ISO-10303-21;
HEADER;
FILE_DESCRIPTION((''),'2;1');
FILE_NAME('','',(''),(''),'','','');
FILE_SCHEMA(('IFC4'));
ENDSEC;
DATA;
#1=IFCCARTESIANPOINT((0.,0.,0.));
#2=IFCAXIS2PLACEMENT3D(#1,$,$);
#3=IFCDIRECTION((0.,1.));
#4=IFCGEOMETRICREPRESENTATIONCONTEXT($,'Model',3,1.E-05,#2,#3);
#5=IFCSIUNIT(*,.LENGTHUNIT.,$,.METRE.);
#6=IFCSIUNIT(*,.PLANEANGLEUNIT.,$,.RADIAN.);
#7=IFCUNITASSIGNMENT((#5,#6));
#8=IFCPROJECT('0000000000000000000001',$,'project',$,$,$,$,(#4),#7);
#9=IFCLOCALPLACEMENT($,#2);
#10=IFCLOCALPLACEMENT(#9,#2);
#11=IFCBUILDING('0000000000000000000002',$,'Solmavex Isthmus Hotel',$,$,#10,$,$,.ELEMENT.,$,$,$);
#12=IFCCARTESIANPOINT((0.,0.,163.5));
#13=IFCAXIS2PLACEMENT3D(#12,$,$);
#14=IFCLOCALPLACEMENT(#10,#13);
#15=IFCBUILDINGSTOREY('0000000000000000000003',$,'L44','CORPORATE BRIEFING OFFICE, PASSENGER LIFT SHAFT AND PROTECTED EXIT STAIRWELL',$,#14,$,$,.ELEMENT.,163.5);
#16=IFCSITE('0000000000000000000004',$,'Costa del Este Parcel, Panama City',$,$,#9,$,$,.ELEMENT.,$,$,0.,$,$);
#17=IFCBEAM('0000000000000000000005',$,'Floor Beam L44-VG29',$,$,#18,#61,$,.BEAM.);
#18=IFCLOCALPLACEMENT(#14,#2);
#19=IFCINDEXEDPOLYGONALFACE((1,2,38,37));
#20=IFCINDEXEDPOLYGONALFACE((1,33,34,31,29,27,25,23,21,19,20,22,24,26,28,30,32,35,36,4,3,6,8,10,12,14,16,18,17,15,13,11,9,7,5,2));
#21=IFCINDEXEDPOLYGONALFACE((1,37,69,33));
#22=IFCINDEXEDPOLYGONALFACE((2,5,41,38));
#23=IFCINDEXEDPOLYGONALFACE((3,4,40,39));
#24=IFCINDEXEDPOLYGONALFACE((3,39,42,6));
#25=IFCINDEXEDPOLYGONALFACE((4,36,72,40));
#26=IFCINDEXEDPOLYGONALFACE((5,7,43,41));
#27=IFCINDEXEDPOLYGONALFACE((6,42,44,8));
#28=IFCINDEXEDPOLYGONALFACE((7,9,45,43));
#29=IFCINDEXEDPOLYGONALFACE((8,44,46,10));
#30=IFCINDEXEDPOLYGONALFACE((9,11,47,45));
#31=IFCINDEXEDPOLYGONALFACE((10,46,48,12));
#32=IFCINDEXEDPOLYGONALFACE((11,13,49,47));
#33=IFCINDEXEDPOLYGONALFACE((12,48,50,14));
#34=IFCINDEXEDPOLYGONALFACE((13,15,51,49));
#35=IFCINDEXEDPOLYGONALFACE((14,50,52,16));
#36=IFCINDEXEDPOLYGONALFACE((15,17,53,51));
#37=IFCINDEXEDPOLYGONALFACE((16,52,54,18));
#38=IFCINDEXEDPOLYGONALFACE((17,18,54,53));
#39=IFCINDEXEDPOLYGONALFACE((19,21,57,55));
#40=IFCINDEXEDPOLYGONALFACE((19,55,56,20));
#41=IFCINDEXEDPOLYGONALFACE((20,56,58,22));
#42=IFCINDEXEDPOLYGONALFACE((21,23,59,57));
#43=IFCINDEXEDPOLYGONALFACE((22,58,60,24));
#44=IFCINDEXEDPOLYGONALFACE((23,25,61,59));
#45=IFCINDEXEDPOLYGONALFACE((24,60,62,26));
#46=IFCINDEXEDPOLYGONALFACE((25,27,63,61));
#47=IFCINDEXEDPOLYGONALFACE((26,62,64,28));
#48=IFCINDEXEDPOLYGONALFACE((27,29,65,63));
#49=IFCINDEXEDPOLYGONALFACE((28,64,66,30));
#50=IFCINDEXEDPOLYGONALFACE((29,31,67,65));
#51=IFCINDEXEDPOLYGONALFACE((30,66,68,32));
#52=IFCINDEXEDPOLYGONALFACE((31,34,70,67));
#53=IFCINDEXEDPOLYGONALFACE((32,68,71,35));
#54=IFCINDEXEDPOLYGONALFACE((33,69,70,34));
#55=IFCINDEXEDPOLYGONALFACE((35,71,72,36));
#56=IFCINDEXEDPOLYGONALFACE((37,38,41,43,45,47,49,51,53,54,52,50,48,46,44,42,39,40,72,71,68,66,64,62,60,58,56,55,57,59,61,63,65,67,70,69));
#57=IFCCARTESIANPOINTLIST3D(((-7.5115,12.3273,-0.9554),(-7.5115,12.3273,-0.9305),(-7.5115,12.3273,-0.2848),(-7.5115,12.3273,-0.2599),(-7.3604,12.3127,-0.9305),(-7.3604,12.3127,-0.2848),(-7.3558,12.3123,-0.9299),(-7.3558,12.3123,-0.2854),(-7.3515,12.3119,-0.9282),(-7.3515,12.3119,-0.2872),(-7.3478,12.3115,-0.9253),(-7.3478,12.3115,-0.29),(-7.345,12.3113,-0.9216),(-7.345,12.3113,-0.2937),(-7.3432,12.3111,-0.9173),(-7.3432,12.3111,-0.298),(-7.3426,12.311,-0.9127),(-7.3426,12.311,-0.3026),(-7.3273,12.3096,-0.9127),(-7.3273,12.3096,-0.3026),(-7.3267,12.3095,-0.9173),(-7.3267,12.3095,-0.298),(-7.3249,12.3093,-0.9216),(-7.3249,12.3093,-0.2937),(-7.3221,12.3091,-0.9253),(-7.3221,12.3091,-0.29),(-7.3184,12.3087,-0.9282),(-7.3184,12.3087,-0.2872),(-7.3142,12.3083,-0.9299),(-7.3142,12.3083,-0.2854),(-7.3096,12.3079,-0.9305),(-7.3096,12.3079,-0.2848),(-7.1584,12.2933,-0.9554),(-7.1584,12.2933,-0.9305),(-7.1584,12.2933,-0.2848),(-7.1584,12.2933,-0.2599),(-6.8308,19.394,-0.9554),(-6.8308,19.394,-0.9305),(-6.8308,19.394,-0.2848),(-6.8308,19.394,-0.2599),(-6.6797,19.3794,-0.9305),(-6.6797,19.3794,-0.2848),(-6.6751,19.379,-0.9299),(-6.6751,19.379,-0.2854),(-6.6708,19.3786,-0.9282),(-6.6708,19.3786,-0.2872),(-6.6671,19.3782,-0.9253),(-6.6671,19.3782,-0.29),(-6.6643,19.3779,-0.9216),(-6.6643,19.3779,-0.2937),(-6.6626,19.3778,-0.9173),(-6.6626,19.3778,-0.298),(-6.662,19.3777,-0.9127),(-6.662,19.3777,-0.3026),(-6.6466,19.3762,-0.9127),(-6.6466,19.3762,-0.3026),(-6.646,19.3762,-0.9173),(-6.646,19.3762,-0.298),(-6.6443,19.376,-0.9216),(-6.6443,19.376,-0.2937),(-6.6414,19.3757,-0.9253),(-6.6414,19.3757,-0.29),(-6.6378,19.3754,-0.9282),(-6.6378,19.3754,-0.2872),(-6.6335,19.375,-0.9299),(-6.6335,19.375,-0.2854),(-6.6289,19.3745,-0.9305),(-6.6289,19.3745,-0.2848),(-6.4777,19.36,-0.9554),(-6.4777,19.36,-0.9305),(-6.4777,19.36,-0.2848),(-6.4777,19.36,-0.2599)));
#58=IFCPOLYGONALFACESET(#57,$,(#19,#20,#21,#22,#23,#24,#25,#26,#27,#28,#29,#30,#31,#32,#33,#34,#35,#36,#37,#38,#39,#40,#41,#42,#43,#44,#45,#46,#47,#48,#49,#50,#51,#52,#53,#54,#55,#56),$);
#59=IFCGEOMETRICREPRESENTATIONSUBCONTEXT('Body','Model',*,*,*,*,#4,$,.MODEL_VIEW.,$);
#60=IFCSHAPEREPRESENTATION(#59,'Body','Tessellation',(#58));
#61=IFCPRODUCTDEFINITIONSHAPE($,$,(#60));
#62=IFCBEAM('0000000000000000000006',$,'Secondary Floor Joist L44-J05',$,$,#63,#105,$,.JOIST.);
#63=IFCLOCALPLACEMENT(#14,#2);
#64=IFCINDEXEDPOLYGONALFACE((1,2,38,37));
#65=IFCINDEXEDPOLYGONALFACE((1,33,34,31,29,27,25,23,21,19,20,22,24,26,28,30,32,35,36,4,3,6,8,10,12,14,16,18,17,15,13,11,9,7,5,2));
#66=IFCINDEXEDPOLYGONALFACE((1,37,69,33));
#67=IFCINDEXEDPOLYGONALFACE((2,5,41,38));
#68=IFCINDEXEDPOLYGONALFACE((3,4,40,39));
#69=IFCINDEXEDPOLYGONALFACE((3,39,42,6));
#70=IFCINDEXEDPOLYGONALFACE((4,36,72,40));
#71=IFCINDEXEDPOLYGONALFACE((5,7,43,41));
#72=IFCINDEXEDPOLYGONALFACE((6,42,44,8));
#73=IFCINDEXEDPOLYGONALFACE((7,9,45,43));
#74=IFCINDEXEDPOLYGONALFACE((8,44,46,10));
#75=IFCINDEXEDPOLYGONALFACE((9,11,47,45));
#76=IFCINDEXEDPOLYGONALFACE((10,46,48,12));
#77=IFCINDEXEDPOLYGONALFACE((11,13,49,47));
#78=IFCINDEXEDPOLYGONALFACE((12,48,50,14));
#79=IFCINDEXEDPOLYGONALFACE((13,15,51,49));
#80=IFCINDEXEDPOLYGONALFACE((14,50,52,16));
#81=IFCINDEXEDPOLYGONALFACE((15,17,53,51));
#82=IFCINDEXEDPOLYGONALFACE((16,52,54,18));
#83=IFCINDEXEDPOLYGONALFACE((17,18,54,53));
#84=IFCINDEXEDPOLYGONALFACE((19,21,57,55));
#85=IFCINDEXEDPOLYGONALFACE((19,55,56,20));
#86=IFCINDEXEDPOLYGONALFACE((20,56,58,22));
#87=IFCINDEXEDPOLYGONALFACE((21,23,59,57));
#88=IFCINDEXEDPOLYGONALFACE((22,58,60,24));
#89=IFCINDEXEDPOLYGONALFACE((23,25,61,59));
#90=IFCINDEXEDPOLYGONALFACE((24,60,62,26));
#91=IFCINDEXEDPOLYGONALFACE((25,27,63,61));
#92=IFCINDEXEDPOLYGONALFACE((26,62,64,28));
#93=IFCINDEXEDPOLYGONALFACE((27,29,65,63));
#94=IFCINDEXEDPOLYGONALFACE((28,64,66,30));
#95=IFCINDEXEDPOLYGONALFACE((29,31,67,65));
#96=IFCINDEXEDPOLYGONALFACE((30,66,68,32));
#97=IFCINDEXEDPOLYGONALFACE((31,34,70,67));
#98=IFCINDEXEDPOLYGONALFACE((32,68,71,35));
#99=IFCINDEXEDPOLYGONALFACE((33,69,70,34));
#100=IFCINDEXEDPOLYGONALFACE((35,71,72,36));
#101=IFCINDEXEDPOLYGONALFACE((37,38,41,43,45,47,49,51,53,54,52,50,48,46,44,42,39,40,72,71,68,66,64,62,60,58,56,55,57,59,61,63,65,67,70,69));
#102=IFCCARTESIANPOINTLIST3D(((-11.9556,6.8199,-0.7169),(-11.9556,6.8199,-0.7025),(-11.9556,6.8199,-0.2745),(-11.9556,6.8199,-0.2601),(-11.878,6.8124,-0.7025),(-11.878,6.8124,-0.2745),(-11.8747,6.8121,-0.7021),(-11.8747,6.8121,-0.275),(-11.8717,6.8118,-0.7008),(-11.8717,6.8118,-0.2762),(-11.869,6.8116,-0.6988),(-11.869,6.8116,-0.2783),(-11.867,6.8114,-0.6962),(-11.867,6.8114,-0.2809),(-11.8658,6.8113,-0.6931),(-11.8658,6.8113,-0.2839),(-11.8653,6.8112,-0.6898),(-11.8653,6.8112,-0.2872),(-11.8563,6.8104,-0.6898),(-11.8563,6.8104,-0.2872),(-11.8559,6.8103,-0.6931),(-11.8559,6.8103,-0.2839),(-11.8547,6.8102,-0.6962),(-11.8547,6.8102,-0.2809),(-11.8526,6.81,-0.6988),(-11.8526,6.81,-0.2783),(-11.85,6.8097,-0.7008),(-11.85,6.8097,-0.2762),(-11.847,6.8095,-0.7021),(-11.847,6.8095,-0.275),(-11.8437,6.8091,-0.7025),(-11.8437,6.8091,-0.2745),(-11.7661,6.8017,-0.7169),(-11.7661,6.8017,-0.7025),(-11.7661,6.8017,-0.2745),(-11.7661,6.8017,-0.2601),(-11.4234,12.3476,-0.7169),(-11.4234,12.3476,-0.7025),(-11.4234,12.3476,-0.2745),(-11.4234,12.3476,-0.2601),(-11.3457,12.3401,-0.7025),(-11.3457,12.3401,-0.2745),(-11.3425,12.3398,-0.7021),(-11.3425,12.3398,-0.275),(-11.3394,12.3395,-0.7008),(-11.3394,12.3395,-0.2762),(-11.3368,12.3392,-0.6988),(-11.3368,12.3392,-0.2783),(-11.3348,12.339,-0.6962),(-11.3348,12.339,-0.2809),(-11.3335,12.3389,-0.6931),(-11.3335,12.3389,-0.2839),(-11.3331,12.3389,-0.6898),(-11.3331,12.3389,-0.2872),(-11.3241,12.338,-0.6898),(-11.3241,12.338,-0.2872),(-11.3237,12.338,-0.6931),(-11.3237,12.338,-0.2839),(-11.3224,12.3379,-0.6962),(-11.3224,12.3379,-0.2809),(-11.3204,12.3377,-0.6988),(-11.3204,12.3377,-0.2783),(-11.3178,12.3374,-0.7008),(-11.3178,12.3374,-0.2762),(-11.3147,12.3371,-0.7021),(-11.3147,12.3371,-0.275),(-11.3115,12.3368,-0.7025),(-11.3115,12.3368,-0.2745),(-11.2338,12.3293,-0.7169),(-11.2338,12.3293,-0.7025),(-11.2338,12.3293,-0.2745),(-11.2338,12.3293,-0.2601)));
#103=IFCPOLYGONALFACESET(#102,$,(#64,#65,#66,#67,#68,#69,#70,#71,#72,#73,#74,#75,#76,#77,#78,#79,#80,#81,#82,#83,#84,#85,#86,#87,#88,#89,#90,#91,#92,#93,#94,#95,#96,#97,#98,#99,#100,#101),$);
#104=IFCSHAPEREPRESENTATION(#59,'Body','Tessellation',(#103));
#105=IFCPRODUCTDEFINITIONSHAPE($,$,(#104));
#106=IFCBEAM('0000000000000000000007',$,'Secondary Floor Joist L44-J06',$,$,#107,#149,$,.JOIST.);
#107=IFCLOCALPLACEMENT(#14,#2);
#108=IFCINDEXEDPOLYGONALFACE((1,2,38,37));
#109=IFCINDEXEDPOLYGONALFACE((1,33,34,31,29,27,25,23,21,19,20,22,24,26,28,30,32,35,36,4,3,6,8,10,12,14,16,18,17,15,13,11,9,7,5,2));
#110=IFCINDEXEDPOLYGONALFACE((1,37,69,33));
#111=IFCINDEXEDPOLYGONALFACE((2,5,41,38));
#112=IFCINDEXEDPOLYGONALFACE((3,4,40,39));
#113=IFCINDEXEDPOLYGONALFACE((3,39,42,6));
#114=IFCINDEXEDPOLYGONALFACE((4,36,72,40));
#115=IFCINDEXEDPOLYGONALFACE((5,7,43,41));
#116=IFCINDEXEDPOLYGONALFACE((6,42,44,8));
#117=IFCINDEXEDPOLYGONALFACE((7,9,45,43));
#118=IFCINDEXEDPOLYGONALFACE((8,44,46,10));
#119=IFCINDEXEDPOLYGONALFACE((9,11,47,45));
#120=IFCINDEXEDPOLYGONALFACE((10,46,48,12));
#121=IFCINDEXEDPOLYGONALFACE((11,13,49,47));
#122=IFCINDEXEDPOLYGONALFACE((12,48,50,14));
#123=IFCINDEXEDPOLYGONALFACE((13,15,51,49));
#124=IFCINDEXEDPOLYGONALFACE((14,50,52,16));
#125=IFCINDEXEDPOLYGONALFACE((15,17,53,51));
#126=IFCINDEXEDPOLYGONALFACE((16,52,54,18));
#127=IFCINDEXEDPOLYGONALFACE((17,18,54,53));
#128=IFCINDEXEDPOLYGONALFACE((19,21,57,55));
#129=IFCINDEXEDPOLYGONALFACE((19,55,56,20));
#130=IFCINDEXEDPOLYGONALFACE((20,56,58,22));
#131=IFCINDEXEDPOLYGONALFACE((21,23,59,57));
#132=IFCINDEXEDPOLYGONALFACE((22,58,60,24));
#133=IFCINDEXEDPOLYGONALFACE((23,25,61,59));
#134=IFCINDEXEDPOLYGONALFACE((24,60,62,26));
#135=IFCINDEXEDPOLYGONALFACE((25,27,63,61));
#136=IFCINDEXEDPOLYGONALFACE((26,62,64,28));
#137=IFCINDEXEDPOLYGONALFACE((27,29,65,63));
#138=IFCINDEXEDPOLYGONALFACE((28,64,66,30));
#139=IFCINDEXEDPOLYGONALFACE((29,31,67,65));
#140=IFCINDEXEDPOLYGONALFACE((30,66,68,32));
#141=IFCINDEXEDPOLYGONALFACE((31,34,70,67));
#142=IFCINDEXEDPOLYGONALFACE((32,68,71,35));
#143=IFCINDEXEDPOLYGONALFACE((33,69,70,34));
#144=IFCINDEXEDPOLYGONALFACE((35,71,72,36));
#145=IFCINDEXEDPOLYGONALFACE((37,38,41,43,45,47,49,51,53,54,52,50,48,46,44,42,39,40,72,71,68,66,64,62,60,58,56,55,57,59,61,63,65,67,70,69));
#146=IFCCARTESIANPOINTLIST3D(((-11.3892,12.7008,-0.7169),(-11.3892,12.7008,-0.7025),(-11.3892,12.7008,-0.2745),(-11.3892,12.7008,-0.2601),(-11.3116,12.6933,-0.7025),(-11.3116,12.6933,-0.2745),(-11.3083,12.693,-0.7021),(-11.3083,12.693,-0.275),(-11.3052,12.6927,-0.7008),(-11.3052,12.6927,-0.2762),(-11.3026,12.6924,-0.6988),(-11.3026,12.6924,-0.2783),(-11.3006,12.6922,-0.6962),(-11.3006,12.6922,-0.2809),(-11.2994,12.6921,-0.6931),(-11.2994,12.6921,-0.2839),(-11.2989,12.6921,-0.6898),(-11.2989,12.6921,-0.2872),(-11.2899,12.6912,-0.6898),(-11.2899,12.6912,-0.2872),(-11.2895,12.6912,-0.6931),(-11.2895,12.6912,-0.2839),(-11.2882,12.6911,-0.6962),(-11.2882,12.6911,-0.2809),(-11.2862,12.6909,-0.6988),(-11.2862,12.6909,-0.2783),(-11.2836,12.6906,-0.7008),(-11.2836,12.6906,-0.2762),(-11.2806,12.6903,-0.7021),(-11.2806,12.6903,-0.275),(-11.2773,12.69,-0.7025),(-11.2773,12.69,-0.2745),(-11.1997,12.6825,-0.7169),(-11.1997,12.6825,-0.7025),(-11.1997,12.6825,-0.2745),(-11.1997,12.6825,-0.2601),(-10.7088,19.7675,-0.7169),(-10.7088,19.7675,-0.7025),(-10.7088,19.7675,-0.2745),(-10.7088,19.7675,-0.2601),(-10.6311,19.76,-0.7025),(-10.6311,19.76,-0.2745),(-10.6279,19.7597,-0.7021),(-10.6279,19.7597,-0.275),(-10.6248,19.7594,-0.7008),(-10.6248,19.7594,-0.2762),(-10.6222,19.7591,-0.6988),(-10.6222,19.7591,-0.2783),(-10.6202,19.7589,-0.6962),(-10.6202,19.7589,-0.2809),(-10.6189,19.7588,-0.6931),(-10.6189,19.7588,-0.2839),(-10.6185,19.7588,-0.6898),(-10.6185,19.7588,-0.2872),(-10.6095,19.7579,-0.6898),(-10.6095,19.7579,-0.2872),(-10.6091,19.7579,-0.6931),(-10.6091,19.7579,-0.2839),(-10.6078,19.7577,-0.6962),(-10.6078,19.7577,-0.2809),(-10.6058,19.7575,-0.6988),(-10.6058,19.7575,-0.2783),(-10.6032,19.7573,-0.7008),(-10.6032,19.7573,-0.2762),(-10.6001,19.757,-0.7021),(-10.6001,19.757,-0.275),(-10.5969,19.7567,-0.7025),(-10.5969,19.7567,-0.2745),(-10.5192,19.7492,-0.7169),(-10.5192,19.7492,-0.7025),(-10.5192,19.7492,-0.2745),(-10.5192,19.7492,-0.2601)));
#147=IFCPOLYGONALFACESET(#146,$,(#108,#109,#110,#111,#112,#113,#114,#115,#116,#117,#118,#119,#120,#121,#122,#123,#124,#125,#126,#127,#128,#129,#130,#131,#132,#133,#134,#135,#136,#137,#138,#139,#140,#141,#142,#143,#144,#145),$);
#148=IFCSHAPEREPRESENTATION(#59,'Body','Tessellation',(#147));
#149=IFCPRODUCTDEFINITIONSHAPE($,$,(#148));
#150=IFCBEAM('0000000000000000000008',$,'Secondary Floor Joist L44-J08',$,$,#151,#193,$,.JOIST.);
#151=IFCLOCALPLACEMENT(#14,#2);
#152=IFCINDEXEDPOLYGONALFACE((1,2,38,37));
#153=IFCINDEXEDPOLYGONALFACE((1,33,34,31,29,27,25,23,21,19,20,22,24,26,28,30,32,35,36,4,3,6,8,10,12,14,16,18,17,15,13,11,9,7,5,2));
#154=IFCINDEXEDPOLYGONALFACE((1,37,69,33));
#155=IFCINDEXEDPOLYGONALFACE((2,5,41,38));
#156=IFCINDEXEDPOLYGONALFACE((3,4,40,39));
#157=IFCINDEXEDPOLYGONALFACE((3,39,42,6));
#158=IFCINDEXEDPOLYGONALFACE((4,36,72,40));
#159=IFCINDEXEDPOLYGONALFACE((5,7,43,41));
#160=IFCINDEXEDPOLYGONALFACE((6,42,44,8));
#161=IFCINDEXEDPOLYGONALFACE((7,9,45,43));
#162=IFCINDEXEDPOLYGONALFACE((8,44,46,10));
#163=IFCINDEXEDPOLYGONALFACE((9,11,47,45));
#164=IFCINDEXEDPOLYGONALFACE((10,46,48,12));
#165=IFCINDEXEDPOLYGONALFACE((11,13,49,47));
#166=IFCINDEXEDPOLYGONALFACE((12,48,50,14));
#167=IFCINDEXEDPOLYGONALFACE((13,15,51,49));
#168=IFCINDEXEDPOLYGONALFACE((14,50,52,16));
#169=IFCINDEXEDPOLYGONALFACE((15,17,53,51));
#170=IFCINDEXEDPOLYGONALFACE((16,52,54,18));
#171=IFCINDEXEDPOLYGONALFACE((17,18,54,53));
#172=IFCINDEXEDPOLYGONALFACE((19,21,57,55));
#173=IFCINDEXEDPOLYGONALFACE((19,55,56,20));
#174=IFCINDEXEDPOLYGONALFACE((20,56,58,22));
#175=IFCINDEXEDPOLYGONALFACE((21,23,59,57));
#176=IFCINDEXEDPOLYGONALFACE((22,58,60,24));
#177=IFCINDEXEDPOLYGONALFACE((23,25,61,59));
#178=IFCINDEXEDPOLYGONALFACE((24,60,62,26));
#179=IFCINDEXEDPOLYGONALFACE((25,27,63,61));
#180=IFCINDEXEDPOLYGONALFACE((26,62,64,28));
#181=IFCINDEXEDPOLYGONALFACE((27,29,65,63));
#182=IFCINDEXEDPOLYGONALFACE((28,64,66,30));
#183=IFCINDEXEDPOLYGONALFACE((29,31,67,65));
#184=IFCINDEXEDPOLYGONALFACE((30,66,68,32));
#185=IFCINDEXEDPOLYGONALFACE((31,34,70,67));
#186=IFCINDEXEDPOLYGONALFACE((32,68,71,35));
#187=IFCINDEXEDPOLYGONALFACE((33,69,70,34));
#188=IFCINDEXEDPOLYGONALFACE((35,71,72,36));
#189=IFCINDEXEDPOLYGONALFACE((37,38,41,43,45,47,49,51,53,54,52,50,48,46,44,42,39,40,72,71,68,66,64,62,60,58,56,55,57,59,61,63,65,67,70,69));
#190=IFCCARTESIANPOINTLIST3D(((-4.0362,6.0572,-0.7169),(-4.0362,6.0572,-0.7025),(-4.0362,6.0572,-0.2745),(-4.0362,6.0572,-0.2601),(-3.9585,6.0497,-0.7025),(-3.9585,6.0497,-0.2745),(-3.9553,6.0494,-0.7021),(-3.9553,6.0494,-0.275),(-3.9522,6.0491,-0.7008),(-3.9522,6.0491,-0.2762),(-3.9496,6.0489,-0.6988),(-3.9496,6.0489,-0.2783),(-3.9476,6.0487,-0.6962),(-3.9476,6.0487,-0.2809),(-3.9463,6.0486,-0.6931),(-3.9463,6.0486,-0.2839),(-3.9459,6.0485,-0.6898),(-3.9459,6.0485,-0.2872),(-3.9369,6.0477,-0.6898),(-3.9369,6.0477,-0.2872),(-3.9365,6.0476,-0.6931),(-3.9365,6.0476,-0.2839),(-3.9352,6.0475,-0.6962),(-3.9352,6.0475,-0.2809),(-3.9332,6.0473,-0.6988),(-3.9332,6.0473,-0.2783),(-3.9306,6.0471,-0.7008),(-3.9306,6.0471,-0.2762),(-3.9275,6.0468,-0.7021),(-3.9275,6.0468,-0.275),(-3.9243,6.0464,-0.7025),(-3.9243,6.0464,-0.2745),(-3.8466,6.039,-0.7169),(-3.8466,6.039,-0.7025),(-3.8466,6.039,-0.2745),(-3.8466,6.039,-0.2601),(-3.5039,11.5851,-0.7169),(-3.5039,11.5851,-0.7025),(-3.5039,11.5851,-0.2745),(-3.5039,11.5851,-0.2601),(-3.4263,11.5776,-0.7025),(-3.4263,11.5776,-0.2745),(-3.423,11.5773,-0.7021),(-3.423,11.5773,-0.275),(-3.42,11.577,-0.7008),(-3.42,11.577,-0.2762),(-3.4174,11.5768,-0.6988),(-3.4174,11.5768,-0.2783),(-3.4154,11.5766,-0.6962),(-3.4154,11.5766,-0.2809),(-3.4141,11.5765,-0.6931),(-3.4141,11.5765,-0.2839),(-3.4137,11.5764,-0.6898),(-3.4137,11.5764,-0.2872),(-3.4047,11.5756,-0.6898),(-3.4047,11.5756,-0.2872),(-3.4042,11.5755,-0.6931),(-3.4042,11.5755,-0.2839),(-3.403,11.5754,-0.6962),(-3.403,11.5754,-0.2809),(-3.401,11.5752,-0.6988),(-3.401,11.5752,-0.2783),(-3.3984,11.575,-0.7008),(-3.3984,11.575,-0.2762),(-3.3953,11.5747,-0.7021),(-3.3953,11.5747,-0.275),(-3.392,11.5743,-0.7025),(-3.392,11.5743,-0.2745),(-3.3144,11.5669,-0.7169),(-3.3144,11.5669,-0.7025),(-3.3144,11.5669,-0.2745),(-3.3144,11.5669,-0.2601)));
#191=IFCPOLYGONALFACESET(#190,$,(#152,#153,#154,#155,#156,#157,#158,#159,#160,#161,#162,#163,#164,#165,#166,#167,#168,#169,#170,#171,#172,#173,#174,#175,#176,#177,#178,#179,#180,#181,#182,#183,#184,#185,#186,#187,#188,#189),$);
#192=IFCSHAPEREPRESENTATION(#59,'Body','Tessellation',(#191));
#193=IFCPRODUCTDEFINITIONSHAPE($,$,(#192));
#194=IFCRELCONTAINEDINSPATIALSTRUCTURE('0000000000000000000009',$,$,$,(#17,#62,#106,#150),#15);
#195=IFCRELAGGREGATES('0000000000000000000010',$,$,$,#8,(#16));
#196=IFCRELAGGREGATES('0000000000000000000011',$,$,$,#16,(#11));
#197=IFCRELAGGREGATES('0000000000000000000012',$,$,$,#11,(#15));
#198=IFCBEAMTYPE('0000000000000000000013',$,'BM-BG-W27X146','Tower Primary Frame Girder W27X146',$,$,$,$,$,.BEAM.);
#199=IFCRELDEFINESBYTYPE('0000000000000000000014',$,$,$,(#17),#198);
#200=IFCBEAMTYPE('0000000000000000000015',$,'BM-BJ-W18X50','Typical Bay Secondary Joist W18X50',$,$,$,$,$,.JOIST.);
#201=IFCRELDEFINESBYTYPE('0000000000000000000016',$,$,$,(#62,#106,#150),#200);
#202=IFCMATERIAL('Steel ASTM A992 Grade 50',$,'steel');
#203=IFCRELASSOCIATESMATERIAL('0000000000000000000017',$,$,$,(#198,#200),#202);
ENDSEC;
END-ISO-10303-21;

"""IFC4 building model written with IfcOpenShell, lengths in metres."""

from ifc_helpers import new_model, si_unit, direction, frame, origin, origin_2d, place, context, subcontext, project, spatial, i_section, extrude, material, material_profile, profile_set, type_object, element, save


model = new_model("IFC4")

# Units and contexts
model_context = context("Model", 3, precision=1e-05, world=origin(), true_north=direction((0.0, 1.0)))
body_context = subcontext(model_context, "Body", "Model", "MODEL_VIEW")
ifc_project = project(units=[si_unit("LENGTHUNIT", "METRE"), si_unit("PLANEANGLEUNIT", "RADIAN")], contexts=[model_context])

# Site, building, storey
site_placement = place(None, origin())
site = spatial("IfcSite", under=ifc_project, at=site_placement, Name="Costa del Este Parcel, Panama City", CompositionType="ELEMENT", RefElevation=0.0)
building_placement = place(site_placement, origin())
building = spatial("IfcBuilding", under=site, at=building_placement, Name="Solmavex Isthmus Hotel", CompositionType="ELEMENT")
storey_placement = place(building_placement, frame((0.0, 0.0, 163.5)))
storey = spatial("IfcBuildingStorey", under=building, at=storey_placement, Name="L44", Description="CORPORATE BRIEFING OFFICE, PASSENGER LIFT SHAFT AND PROTECTED EXIT STAIRWELL", CompositionType="ELEMENT", Elevation=163.5)

# Beams
ifc_material_1 = material(Name="Steel ASTM A992 Grade 50", Category="steel")
ifc_material_profile_1 = material_profile(ifc_material_1, i_section(OverallWidth=0.3547, OverallDepth=0.6956, WebThickness=0.0154, FlangeThickness=0.0249, FilletRadius=0.0178, at=origin_2d()), Name="W27X146")
ifc_profile_set_1 = profile_set([ifc_material_profile_1], Name="Steel ASTM A992 Grade 50")
beam_type_1 = type_object("IfcBeamType", Name="BM-BG-W27X146", Description="Tower Primary Frame Girder W27X146", PredefinedType="BEAM", material=ifc_profile_set_1)
beam_1_placement = place(storey_placement, frame((-7.335, 12.3103, -0.6077), z_axis=(0.095877, 0.995393, 0.0), x_axis=(-0.995393, 0.095877, 0.0)))
element("IfcBeam", 1, at=beam_1_placement, inside=storey, type_object=beam_type_1, Name="Floor Beam L44-VG29", PredefinedType="BEAM", context=body_context, shape_type="SweptSolid", body=[
    extrude(i_section(OverallWidth=0.3547, OverallDepth=0.6956, WebThickness=0.0154, FlangeThickness=0.0249, FilletRadius=0.0178, at=origin_2d()), origin(), (0.0, 0.0, 1.0), 7.0994),
])
ifc_material_profile_2 = material_profile(ifc_material_1, i_section(OverallWidth=0.1904, OverallDepth=0.4568, WebThickness=0.009, FlangeThickness=0.0144, FilletRadius=0.0127, at=origin_2d()), Name="W18X50")
ifc_profile_set_2 = profile_set([ifc_material_profile_2], Name="Steel ASTM A992 Grade 50")
beam_type_2 = type_object("IfcBeamType", Name="BM-BJ-W18X50", Description="Typical Bay Secondary Joist W18X50", PredefinedType="JOIST", material=ifc_profile_set_2)
beam_2_placement = place(storey_placement, frame((-11.8608, 6.8108, -0.4885), z_axis=(0.095842, 0.995397, 0.0), x_axis=(-0.995397, 0.095842, 0.0)))
element("IfcBeam", 2, at=beam_2_placement, inside=storey, type_object=beam_type_2, Name="Secondary Floor Joist L44-J05", PredefinedType="JOIST", context=body_context, shape_type="SweptSolid", body=[
    extrude(i_section(OverallWidth=0.1904, OverallDepth=0.4568, WebThickness=0.009, FlangeThickness=0.0144, FilletRadius=0.0127, at=origin_2d()), origin(), (0.0, 0.0, 1.0), 5.5532),
])
beam_3_placement = place(storey_placement, frame((-11.2944, 12.6917, -0.4885), z_axis=(0.095843, 0.995396, 0.0), x_axis=(-0.995396, 0.095843, 0.0)))
element("IfcBeam", 3, at=beam_3_placement, inside=storey, type_object=beam_type_2, Name="Secondary Floor Joist L44-J06", PredefinedType="JOIST", context=body_context, shape_type="SweptSolid", body=[
    extrude(i_section(OverallWidth=0.1904, OverallDepth=0.4568, WebThickness=0.009, FlangeThickness=0.0144, FilletRadius=0.0127, at=origin_2d()), origin(), (0.0, 0.0, 1.0), 7.0994),
])
beam_4_placement = place(storey_placement, frame((-3.9414, 6.0481, -0.4885), z_axis=(0.095838, 0.995397, 0.0), x_axis=(-0.995397, 0.095838, 0.0)))
element("IfcBeam", 4, at=beam_4_placement, inside=storey, type_object=beam_type_2, Name="Secondary Floor Joist L44-J08", PredefinedType="JOIST", context=body_context, shape_type="SweptSolid", body=[
    extrude(i_section(OverallWidth=0.1904, OverallDepth=0.4568, WebThickness=0.009, FlangeThickness=0.0144, FilletRadius=0.0127, at=origin_2d()), origin(), (0.0, 0.0, 1.0), 5.5535),
])

save(model, "model.ifc")
